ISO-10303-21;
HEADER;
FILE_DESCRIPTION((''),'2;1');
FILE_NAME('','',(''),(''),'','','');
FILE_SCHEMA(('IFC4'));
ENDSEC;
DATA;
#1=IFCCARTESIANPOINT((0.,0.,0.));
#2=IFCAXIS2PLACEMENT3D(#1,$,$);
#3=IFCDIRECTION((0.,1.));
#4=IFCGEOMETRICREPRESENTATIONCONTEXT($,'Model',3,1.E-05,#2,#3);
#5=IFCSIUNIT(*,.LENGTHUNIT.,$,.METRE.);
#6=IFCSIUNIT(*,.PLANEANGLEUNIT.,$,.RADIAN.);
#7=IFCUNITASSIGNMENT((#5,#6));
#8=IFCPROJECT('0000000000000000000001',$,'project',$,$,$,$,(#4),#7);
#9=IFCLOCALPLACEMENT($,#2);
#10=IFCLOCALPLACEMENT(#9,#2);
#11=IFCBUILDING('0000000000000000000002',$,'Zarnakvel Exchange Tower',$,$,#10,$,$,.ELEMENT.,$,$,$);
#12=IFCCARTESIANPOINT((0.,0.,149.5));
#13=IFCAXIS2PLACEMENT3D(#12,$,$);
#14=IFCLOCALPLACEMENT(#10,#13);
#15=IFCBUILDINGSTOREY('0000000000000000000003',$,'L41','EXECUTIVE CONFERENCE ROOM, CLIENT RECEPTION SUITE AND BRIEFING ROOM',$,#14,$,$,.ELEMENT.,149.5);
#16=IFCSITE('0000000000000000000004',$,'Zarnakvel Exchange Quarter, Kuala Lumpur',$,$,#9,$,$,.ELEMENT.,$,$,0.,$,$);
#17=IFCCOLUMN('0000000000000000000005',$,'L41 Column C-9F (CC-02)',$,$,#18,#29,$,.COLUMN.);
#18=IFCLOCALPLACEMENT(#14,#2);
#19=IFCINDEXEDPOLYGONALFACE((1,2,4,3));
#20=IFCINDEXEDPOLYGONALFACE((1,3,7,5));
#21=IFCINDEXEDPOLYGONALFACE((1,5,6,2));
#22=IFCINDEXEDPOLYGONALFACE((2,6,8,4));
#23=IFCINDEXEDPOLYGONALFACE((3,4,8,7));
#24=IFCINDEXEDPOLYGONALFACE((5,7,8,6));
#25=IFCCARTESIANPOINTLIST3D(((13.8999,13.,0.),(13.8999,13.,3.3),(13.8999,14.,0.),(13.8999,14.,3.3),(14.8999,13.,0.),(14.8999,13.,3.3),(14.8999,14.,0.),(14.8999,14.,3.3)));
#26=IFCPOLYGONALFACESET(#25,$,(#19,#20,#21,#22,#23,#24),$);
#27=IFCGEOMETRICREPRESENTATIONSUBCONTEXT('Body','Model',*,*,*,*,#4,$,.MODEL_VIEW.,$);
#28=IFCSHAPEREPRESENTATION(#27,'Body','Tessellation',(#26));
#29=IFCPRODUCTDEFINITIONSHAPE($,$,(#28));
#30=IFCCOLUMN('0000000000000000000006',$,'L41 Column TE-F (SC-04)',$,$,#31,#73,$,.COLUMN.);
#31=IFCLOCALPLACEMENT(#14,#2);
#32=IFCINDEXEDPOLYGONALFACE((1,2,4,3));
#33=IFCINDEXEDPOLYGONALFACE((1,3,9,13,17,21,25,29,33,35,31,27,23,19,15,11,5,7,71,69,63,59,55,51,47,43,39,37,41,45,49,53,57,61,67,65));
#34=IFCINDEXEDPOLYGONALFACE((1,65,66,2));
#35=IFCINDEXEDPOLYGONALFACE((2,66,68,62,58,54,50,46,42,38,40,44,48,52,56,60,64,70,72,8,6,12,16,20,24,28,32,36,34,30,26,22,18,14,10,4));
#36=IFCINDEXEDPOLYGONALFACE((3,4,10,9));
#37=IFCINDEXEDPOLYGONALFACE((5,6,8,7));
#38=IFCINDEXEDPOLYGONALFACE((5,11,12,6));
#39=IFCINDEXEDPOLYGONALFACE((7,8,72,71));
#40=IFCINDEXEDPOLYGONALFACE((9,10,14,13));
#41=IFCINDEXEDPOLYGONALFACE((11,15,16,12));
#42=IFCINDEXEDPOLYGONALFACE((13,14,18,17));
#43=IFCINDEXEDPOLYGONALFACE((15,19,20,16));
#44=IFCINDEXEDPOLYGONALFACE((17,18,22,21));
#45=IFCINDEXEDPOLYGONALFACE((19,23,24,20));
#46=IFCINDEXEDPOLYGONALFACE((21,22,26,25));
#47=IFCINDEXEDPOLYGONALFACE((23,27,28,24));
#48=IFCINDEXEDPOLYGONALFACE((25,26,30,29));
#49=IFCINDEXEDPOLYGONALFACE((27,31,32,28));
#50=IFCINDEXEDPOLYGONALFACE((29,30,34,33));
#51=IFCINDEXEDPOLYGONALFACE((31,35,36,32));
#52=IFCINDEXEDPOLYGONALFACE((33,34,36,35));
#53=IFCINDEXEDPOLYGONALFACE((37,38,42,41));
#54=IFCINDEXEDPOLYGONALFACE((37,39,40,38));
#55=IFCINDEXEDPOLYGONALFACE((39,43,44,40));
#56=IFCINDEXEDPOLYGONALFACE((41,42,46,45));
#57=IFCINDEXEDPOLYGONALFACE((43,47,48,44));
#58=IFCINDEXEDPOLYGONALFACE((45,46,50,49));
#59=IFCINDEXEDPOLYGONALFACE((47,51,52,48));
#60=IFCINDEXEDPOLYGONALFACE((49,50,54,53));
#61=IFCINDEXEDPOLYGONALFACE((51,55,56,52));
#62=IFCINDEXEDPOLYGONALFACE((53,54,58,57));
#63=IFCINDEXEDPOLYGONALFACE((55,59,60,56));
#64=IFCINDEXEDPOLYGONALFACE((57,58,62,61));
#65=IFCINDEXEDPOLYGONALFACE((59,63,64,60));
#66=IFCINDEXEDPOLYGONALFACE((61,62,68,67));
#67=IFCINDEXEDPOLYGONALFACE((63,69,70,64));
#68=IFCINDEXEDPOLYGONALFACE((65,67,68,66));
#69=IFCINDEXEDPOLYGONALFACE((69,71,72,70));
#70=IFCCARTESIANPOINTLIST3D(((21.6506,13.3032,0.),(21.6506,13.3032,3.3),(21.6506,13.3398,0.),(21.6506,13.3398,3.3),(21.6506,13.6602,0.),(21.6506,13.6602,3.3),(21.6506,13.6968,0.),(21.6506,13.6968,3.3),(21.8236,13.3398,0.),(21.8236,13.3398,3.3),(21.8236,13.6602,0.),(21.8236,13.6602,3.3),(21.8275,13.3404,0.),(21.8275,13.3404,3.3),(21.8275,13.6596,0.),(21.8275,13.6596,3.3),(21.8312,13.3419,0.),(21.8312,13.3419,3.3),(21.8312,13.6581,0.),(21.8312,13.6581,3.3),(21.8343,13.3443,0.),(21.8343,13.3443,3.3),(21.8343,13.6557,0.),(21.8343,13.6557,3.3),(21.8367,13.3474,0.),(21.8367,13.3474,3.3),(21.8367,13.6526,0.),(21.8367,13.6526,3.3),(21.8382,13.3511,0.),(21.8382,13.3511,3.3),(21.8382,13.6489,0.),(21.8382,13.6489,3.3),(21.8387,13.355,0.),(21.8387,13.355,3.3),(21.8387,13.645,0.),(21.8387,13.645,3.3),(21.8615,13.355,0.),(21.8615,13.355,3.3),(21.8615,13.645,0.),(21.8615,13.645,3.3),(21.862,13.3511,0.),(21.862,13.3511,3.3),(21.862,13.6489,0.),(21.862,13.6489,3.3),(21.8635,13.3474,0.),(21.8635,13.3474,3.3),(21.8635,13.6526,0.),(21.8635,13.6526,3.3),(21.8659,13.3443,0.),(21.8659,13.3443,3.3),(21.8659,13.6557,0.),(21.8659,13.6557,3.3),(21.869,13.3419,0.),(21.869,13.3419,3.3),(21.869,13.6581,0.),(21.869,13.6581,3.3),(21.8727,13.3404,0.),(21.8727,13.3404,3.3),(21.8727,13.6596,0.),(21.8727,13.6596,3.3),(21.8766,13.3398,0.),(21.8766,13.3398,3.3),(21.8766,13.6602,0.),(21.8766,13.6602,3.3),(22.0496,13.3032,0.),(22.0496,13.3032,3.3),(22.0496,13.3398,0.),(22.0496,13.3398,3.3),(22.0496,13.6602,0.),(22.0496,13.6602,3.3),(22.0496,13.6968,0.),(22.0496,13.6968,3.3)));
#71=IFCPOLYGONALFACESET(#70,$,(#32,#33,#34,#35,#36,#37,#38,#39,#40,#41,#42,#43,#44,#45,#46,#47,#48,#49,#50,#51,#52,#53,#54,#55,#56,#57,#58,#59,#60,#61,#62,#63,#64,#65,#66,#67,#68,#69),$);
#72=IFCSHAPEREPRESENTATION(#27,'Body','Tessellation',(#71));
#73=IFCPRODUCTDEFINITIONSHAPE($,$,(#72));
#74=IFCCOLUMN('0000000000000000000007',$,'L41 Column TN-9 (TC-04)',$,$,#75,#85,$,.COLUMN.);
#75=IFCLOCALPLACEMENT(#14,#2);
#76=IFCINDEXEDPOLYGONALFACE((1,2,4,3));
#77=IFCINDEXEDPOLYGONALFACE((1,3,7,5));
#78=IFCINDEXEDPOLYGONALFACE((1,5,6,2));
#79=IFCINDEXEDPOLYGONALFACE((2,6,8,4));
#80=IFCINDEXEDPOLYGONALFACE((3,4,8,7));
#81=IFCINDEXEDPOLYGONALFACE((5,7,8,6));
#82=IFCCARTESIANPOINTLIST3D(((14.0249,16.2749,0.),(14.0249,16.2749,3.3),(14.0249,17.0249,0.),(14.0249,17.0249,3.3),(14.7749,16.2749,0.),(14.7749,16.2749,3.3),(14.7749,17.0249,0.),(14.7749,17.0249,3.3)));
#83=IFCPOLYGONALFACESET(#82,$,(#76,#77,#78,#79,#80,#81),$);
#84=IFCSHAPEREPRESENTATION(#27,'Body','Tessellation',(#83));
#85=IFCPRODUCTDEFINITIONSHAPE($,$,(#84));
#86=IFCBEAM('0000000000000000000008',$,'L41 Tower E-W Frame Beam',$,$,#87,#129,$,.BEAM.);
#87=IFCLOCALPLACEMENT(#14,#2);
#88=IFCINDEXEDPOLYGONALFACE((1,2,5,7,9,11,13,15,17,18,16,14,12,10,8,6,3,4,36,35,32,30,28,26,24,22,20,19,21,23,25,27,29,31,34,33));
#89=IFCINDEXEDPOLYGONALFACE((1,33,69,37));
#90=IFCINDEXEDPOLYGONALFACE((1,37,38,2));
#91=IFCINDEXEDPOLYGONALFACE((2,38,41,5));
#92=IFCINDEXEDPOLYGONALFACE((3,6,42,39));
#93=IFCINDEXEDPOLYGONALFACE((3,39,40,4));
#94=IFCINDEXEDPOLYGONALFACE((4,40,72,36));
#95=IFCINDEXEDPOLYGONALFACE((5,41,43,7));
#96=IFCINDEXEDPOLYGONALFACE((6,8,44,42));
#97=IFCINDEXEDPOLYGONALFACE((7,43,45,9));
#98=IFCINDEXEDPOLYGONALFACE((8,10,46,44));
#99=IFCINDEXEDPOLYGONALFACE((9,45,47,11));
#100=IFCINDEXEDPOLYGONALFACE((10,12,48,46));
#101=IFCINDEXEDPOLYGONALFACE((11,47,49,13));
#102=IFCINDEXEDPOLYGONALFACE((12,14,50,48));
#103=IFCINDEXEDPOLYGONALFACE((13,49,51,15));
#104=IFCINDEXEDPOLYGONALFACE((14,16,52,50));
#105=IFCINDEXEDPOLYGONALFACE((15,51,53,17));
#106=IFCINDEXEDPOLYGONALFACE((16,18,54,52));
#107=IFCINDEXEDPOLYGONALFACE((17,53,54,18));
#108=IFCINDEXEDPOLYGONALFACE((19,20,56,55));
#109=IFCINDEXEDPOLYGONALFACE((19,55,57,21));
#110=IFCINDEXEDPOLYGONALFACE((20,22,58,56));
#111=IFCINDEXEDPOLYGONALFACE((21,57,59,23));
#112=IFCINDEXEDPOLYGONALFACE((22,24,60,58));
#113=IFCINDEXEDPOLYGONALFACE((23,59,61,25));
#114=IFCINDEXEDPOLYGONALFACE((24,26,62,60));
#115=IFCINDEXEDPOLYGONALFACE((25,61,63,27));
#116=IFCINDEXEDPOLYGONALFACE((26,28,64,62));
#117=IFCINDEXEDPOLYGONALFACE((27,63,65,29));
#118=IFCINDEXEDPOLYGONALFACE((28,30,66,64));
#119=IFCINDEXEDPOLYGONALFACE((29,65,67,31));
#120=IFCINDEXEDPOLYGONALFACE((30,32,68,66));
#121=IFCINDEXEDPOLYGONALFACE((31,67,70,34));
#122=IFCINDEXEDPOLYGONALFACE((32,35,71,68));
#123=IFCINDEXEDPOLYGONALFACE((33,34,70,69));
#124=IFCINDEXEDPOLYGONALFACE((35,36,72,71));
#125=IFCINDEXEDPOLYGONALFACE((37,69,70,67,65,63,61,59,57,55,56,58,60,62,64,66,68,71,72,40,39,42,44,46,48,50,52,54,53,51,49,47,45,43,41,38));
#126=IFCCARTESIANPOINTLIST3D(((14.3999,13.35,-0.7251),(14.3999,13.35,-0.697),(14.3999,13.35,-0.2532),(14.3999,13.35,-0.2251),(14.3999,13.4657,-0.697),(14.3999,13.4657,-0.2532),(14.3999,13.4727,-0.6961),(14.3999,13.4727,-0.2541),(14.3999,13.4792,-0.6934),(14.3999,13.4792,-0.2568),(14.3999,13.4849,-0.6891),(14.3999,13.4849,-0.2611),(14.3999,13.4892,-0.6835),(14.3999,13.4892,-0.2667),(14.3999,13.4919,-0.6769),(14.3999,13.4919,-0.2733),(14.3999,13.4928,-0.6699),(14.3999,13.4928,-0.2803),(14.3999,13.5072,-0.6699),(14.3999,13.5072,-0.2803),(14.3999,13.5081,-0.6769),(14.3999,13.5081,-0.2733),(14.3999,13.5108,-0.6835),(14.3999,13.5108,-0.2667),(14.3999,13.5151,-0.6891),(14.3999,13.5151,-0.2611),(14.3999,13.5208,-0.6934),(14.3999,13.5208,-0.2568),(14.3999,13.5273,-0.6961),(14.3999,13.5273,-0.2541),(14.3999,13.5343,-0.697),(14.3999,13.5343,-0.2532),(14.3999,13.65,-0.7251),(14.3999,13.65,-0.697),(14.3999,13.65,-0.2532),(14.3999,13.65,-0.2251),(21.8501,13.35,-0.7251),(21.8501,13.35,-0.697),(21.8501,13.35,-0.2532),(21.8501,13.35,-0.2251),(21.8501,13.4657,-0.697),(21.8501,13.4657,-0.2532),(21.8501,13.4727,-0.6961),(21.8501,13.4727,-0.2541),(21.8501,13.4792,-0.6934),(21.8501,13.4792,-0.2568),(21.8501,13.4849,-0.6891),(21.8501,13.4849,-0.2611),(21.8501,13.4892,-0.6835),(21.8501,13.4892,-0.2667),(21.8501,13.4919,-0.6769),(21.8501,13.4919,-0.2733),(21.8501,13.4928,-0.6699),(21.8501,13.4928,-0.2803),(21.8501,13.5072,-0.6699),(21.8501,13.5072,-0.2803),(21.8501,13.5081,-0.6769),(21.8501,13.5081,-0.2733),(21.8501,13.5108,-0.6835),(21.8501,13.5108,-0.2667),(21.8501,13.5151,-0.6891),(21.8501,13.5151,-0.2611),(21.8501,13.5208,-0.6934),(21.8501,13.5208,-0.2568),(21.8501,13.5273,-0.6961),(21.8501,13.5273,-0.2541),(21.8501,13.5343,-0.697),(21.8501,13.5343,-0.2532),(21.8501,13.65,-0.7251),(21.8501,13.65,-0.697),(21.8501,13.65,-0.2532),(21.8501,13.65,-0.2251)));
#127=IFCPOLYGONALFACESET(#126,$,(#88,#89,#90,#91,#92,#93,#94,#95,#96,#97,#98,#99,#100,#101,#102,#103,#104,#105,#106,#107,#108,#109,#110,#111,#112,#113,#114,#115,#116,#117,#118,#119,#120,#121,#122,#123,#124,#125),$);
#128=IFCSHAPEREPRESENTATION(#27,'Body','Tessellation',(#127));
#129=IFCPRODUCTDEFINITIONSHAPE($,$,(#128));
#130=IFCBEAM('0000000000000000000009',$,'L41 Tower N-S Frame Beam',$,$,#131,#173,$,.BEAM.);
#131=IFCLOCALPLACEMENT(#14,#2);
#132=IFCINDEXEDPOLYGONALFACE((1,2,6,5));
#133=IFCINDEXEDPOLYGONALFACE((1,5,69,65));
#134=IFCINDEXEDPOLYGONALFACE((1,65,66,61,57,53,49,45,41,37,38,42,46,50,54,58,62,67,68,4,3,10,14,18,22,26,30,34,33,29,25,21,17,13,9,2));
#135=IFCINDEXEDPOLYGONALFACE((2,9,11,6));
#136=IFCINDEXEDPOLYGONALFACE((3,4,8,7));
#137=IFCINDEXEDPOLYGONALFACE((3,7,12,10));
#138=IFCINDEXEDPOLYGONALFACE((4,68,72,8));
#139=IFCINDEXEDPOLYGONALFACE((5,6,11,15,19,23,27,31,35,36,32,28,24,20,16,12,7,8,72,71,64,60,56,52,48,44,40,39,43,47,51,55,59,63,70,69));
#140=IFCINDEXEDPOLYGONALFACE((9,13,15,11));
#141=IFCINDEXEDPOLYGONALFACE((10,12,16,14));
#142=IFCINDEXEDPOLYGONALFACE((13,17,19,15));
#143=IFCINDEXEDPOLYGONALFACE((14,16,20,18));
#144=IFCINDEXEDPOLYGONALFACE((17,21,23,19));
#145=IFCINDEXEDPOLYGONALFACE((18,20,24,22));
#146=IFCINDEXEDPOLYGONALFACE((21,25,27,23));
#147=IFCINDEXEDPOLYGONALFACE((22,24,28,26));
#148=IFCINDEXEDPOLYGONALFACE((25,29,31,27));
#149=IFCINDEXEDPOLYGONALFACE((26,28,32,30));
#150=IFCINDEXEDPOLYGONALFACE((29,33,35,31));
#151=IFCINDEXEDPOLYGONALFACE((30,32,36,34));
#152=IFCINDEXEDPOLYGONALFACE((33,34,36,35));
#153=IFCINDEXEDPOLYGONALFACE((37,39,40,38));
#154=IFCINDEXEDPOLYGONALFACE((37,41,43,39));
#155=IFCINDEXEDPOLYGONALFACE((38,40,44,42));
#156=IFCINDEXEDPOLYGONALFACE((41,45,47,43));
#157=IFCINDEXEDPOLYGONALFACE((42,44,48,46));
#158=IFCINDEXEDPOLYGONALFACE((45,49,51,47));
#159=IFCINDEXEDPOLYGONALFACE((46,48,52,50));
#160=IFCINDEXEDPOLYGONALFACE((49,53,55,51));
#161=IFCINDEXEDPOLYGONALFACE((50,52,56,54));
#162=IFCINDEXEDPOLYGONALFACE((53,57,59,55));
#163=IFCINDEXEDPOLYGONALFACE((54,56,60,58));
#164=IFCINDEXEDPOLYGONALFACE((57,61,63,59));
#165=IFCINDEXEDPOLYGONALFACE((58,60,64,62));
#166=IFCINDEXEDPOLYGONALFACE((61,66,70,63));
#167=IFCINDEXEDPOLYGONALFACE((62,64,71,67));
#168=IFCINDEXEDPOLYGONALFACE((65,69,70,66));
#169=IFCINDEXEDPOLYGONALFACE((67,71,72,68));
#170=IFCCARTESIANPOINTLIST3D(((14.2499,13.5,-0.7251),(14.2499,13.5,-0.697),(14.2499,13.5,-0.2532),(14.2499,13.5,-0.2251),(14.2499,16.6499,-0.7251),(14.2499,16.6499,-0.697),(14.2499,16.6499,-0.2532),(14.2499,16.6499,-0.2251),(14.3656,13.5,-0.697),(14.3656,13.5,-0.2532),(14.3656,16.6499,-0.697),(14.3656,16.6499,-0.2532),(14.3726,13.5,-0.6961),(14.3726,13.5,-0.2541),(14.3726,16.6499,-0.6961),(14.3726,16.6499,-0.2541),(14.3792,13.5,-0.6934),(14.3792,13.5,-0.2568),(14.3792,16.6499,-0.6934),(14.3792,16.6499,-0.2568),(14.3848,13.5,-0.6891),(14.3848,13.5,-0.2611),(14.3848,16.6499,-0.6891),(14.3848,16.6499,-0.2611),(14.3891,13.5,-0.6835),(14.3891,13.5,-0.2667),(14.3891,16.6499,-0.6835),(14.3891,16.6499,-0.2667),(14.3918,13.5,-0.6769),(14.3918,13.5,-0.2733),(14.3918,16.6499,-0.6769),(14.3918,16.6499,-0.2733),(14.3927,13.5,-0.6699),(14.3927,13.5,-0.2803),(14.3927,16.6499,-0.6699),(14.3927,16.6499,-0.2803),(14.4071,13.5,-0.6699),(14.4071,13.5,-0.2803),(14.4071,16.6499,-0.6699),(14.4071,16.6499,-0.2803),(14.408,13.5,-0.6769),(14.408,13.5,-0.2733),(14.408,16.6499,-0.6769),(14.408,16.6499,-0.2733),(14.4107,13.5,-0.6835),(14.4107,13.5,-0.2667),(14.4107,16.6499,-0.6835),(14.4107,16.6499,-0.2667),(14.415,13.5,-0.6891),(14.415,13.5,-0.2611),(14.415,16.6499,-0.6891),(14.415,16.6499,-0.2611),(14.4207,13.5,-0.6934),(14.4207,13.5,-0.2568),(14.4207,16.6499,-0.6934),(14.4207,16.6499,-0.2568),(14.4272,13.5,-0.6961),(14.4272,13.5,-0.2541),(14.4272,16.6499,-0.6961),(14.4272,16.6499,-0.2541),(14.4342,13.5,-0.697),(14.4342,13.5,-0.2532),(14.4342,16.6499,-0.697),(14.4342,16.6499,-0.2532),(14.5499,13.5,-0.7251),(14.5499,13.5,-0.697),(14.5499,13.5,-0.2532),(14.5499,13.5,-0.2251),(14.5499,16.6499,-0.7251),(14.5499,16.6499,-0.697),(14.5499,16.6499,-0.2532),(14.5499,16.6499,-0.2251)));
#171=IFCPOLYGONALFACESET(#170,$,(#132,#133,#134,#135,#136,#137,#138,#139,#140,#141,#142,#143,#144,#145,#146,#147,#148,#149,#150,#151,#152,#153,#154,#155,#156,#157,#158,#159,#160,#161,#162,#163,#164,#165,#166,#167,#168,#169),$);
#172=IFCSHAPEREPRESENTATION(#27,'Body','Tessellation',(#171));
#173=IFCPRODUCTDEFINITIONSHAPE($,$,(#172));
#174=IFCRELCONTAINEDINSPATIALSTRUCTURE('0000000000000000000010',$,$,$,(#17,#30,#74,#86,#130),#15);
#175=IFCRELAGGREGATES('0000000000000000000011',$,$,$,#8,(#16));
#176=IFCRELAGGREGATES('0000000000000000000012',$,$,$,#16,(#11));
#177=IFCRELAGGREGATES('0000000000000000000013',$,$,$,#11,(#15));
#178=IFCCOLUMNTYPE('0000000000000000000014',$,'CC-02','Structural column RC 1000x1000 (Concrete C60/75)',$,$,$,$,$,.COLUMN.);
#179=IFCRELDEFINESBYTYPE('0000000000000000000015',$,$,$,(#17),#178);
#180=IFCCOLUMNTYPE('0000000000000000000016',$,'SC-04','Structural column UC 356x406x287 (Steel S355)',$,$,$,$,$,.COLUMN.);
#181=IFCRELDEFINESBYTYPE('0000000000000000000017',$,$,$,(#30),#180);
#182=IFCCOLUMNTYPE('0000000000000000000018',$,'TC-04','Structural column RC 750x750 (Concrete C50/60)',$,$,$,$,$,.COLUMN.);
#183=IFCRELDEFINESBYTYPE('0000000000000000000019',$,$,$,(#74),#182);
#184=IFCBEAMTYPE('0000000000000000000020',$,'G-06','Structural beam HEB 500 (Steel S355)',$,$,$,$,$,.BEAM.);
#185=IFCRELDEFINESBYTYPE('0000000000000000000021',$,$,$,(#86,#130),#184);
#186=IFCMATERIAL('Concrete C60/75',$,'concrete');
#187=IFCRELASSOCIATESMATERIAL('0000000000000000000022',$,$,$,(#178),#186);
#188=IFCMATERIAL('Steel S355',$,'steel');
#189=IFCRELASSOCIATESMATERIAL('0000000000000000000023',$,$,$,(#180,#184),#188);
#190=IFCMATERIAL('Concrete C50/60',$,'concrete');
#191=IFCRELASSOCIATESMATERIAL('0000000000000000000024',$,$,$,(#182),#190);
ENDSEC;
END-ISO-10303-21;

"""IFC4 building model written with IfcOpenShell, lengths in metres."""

from ifc_helpers import new_model, si_unit, direction, frame, origin, origin_2d, place, context, subcontext, project, spatial, rectangle, i_section, extrude, material, material_profile, profile_set, type_object, element, save


model = new_model("IFC4")

# Units and contexts
model_context = context("Model", 3, precision=1e-05, world=origin(), true_north=direction((0.0, 1.0)))
body_context = subcontext(model_context, "Body", "Model", "MODEL_VIEW")
ifc_project = project(units=[si_unit("LENGTHUNIT", "METRE"), si_unit("PLANEANGLEUNIT", "RADIAN")], contexts=[model_context])

# Site, building, storey
site_placement = place(None, origin())
site = spatial("IfcSite", under=ifc_project, at=site_placement, Name="Zarnakvel Exchange Quarter, Kuala Lumpur", CompositionType="ELEMENT", RefElevation=0.0)
building_placement = place(site_placement, origin())
building = spatial("IfcBuilding", under=site, at=building_placement, Name="Zarnakvel Exchange Tower", CompositionType="ELEMENT")
storey_placement = place(building_placement, frame((0.0, 0.0, 149.5)))
storey = spatial("IfcBuildingStorey", under=building, at=storey_placement, Name="L41", Description="EXECUTIVE CONFERENCE ROOM, CLIENT RECEPTION SUITE AND BRIEFING ROOM", CompositionType="ELEMENT", Elevation=149.5)

# Columns
ifc_material_1 = material(Name="Concrete C60/75", Category="concrete")
ifc_material_profile_1 = material_profile(ifc_material_1, rectangle(XDim=1.0, YDim=1.0, at=origin_2d()))
ifc_profile_set_1 = profile_set([ifc_material_profile_1], Name="Concrete C60/75")
column_type_1 = type_object("IfcColumnType", Name="CC-02", Description="Structural column RC 1000x1000 (Concrete C60/75)", PredefinedType="COLUMN", material=ifc_profile_set_1)
column_1_placement = place(storey_placement, frame((14.3999, 13.5, 0.0), z_axis=(0.0, 0.0, 1.0), x_axis=(1.0, 0.0, 0.0)))
element("IfcColumn", 1, at=column_1_placement, inside=storey, type_object=column_type_1, Name="L41 Column C-9F (CC-02)", PredefinedType="COLUMN", context=body_context, shape_type="SweptSolid", body=[
    extrude(rectangle(XDim=1.0, YDim=1.0, at=origin_2d()), origin(), (0.0, 0.0, 1.0), 3.3),
])
ifc_material_2 = material(Name="Steel S355", Category="steel")
ifc_material_profile_2 = material_profile(ifc_material_2, i_section(OverallWidth=0.3989, OverallDepth=0.3936, WebThickness=0.0227, FlangeThickness=0.0366, FilletRadius=0.0151, at=origin_2d()))
ifc_profile_set_2 = profile_set([ifc_material_profile_2], Name="Steel S355")
column_type_2 = type_object("IfcColumnType", Name="SC-04", Description="Structural column UC 356x406x287 (Steel S355)", PredefinedType="COLUMN", material=ifc_profile_set_2)
column_2_placement = place(storey_placement, frame((21.8501, 13.5, 0.0), z_axis=(0.0, 0.0, 1.0), x_axis=(1.0, 0.0, 0.0)))
element("IfcColumn", 2, at=column_2_placement, inside=storey, type_object=column_type_2, Name="L41 Column TE-F (SC-04)", PredefinedType="COLUMN", context=body_context, shape_type="SweptSolid", body=[
    extrude(i_section(OverallWidth=0.3989, OverallDepth=0.3936, WebThickness=0.0227, FlangeThickness=0.0366, FilletRadius=0.0151, at=origin_2d()), origin(), (0.0, 0.0, 1.0), 3.3),
])
ifc_material_3 = material(Name="Concrete C50/60", Category="concrete")
ifc_material_profile_3 = material_profile(ifc_material_3, rectangle(XDim=0.75, YDim=0.75, at=origin_2d()))
ifc_profile_set_3 = profile_set([ifc_material_profile_3], Name="Concrete C50/60")
column_type_3 = type_object("IfcColumnType", Name="TC-04", Description="Structural column RC 750x750 (Concrete C50/60)", PredefinedType="COLUMN", material=ifc_profile_set_3)
column_3_placement = place(storey_placement, frame((14.3999, 16.6499, 0.0), z_axis=(0.0, 0.0, 1.0), x_axis=(1.0, 0.0, 0.0)))
element("IfcColumn", 3, at=column_3_placement, inside=storey, type_object=column_type_3, Name="L41 Column TN-9 (TC-04)", PredefinedType="COLUMN", context=body_context, shape_type="SweptSolid", body=[
    extrude(rectangle(XDim=0.75, YDim=0.75, at=origin_2d()), origin(), (0.0, 0.0, 1.0), 3.3),
])

# Beams
ifc_material_profile_4 = material_profile(ifc_material_2, i_section(OverallWidth=0.3, OverallDepth=0.5, WebThickness=0.0144, FlangeThickness=0.0281, FilletRadius=0.0271, at=origin_2d()))
ifc_profile_set_4 = profile_set([ifc_material_profile_4], Name="Steel S355")
beam_type = type_object("IfcBeamType", Name="G-06", Description="Structural beam HEB 500 (Steel S355)", PredefinedType="BEAM", material=ifc_profile_set_4)
beam_1_placement = place(storey_placement, frame((14.3999, 13.5, -0.4751), z_axis=(1.0, 0.0, 0.0), x_axis=(0.0, 1.0, 0.0)))
element("IfcBeam", 4, at=beam_1_placement, inside=storey, type_object=beam_type, Name="L41 Tower E-W Frame Beam", PredefinedType="BEAM", context=body_context, shape_type="SweptSolid", body=[
    extrude(i_section(OverallWidth=0.3, OverallDepth=0.5, WebThickness=0.0144, FlangeThickness=0.0281, FilletRadius=0.0271, at=origin_2d()), origin(), (0.0, 0.0, 1.0), 7.4502),
])
beam_2_placement = place(storey_placement, frame((14.3999, 13.5, -0.4751), z_axis=(0.0, 1.0, 0.0), x_axis=(-1.0, 0.0, 0.0)))
element("IfcBeam", 5, at=beam_2_placement, inside=storey, type_object=beam_type, Name="L41 Tower N-S Frame Beam", PredefinedType="BEAM", context=body_context, shape_type="SweptSolid", body=[
    extrude(i_section(OverallWidth=0.3, OverallDepth=0.5, WebThickness=0.0144, FlangeThickness=0.0281, FilletRadius=0.0271, at=origin_2d()), origin(), (0.0, 0.0, 1.0), 3.1499),
])

save(model, "model.ifc")
